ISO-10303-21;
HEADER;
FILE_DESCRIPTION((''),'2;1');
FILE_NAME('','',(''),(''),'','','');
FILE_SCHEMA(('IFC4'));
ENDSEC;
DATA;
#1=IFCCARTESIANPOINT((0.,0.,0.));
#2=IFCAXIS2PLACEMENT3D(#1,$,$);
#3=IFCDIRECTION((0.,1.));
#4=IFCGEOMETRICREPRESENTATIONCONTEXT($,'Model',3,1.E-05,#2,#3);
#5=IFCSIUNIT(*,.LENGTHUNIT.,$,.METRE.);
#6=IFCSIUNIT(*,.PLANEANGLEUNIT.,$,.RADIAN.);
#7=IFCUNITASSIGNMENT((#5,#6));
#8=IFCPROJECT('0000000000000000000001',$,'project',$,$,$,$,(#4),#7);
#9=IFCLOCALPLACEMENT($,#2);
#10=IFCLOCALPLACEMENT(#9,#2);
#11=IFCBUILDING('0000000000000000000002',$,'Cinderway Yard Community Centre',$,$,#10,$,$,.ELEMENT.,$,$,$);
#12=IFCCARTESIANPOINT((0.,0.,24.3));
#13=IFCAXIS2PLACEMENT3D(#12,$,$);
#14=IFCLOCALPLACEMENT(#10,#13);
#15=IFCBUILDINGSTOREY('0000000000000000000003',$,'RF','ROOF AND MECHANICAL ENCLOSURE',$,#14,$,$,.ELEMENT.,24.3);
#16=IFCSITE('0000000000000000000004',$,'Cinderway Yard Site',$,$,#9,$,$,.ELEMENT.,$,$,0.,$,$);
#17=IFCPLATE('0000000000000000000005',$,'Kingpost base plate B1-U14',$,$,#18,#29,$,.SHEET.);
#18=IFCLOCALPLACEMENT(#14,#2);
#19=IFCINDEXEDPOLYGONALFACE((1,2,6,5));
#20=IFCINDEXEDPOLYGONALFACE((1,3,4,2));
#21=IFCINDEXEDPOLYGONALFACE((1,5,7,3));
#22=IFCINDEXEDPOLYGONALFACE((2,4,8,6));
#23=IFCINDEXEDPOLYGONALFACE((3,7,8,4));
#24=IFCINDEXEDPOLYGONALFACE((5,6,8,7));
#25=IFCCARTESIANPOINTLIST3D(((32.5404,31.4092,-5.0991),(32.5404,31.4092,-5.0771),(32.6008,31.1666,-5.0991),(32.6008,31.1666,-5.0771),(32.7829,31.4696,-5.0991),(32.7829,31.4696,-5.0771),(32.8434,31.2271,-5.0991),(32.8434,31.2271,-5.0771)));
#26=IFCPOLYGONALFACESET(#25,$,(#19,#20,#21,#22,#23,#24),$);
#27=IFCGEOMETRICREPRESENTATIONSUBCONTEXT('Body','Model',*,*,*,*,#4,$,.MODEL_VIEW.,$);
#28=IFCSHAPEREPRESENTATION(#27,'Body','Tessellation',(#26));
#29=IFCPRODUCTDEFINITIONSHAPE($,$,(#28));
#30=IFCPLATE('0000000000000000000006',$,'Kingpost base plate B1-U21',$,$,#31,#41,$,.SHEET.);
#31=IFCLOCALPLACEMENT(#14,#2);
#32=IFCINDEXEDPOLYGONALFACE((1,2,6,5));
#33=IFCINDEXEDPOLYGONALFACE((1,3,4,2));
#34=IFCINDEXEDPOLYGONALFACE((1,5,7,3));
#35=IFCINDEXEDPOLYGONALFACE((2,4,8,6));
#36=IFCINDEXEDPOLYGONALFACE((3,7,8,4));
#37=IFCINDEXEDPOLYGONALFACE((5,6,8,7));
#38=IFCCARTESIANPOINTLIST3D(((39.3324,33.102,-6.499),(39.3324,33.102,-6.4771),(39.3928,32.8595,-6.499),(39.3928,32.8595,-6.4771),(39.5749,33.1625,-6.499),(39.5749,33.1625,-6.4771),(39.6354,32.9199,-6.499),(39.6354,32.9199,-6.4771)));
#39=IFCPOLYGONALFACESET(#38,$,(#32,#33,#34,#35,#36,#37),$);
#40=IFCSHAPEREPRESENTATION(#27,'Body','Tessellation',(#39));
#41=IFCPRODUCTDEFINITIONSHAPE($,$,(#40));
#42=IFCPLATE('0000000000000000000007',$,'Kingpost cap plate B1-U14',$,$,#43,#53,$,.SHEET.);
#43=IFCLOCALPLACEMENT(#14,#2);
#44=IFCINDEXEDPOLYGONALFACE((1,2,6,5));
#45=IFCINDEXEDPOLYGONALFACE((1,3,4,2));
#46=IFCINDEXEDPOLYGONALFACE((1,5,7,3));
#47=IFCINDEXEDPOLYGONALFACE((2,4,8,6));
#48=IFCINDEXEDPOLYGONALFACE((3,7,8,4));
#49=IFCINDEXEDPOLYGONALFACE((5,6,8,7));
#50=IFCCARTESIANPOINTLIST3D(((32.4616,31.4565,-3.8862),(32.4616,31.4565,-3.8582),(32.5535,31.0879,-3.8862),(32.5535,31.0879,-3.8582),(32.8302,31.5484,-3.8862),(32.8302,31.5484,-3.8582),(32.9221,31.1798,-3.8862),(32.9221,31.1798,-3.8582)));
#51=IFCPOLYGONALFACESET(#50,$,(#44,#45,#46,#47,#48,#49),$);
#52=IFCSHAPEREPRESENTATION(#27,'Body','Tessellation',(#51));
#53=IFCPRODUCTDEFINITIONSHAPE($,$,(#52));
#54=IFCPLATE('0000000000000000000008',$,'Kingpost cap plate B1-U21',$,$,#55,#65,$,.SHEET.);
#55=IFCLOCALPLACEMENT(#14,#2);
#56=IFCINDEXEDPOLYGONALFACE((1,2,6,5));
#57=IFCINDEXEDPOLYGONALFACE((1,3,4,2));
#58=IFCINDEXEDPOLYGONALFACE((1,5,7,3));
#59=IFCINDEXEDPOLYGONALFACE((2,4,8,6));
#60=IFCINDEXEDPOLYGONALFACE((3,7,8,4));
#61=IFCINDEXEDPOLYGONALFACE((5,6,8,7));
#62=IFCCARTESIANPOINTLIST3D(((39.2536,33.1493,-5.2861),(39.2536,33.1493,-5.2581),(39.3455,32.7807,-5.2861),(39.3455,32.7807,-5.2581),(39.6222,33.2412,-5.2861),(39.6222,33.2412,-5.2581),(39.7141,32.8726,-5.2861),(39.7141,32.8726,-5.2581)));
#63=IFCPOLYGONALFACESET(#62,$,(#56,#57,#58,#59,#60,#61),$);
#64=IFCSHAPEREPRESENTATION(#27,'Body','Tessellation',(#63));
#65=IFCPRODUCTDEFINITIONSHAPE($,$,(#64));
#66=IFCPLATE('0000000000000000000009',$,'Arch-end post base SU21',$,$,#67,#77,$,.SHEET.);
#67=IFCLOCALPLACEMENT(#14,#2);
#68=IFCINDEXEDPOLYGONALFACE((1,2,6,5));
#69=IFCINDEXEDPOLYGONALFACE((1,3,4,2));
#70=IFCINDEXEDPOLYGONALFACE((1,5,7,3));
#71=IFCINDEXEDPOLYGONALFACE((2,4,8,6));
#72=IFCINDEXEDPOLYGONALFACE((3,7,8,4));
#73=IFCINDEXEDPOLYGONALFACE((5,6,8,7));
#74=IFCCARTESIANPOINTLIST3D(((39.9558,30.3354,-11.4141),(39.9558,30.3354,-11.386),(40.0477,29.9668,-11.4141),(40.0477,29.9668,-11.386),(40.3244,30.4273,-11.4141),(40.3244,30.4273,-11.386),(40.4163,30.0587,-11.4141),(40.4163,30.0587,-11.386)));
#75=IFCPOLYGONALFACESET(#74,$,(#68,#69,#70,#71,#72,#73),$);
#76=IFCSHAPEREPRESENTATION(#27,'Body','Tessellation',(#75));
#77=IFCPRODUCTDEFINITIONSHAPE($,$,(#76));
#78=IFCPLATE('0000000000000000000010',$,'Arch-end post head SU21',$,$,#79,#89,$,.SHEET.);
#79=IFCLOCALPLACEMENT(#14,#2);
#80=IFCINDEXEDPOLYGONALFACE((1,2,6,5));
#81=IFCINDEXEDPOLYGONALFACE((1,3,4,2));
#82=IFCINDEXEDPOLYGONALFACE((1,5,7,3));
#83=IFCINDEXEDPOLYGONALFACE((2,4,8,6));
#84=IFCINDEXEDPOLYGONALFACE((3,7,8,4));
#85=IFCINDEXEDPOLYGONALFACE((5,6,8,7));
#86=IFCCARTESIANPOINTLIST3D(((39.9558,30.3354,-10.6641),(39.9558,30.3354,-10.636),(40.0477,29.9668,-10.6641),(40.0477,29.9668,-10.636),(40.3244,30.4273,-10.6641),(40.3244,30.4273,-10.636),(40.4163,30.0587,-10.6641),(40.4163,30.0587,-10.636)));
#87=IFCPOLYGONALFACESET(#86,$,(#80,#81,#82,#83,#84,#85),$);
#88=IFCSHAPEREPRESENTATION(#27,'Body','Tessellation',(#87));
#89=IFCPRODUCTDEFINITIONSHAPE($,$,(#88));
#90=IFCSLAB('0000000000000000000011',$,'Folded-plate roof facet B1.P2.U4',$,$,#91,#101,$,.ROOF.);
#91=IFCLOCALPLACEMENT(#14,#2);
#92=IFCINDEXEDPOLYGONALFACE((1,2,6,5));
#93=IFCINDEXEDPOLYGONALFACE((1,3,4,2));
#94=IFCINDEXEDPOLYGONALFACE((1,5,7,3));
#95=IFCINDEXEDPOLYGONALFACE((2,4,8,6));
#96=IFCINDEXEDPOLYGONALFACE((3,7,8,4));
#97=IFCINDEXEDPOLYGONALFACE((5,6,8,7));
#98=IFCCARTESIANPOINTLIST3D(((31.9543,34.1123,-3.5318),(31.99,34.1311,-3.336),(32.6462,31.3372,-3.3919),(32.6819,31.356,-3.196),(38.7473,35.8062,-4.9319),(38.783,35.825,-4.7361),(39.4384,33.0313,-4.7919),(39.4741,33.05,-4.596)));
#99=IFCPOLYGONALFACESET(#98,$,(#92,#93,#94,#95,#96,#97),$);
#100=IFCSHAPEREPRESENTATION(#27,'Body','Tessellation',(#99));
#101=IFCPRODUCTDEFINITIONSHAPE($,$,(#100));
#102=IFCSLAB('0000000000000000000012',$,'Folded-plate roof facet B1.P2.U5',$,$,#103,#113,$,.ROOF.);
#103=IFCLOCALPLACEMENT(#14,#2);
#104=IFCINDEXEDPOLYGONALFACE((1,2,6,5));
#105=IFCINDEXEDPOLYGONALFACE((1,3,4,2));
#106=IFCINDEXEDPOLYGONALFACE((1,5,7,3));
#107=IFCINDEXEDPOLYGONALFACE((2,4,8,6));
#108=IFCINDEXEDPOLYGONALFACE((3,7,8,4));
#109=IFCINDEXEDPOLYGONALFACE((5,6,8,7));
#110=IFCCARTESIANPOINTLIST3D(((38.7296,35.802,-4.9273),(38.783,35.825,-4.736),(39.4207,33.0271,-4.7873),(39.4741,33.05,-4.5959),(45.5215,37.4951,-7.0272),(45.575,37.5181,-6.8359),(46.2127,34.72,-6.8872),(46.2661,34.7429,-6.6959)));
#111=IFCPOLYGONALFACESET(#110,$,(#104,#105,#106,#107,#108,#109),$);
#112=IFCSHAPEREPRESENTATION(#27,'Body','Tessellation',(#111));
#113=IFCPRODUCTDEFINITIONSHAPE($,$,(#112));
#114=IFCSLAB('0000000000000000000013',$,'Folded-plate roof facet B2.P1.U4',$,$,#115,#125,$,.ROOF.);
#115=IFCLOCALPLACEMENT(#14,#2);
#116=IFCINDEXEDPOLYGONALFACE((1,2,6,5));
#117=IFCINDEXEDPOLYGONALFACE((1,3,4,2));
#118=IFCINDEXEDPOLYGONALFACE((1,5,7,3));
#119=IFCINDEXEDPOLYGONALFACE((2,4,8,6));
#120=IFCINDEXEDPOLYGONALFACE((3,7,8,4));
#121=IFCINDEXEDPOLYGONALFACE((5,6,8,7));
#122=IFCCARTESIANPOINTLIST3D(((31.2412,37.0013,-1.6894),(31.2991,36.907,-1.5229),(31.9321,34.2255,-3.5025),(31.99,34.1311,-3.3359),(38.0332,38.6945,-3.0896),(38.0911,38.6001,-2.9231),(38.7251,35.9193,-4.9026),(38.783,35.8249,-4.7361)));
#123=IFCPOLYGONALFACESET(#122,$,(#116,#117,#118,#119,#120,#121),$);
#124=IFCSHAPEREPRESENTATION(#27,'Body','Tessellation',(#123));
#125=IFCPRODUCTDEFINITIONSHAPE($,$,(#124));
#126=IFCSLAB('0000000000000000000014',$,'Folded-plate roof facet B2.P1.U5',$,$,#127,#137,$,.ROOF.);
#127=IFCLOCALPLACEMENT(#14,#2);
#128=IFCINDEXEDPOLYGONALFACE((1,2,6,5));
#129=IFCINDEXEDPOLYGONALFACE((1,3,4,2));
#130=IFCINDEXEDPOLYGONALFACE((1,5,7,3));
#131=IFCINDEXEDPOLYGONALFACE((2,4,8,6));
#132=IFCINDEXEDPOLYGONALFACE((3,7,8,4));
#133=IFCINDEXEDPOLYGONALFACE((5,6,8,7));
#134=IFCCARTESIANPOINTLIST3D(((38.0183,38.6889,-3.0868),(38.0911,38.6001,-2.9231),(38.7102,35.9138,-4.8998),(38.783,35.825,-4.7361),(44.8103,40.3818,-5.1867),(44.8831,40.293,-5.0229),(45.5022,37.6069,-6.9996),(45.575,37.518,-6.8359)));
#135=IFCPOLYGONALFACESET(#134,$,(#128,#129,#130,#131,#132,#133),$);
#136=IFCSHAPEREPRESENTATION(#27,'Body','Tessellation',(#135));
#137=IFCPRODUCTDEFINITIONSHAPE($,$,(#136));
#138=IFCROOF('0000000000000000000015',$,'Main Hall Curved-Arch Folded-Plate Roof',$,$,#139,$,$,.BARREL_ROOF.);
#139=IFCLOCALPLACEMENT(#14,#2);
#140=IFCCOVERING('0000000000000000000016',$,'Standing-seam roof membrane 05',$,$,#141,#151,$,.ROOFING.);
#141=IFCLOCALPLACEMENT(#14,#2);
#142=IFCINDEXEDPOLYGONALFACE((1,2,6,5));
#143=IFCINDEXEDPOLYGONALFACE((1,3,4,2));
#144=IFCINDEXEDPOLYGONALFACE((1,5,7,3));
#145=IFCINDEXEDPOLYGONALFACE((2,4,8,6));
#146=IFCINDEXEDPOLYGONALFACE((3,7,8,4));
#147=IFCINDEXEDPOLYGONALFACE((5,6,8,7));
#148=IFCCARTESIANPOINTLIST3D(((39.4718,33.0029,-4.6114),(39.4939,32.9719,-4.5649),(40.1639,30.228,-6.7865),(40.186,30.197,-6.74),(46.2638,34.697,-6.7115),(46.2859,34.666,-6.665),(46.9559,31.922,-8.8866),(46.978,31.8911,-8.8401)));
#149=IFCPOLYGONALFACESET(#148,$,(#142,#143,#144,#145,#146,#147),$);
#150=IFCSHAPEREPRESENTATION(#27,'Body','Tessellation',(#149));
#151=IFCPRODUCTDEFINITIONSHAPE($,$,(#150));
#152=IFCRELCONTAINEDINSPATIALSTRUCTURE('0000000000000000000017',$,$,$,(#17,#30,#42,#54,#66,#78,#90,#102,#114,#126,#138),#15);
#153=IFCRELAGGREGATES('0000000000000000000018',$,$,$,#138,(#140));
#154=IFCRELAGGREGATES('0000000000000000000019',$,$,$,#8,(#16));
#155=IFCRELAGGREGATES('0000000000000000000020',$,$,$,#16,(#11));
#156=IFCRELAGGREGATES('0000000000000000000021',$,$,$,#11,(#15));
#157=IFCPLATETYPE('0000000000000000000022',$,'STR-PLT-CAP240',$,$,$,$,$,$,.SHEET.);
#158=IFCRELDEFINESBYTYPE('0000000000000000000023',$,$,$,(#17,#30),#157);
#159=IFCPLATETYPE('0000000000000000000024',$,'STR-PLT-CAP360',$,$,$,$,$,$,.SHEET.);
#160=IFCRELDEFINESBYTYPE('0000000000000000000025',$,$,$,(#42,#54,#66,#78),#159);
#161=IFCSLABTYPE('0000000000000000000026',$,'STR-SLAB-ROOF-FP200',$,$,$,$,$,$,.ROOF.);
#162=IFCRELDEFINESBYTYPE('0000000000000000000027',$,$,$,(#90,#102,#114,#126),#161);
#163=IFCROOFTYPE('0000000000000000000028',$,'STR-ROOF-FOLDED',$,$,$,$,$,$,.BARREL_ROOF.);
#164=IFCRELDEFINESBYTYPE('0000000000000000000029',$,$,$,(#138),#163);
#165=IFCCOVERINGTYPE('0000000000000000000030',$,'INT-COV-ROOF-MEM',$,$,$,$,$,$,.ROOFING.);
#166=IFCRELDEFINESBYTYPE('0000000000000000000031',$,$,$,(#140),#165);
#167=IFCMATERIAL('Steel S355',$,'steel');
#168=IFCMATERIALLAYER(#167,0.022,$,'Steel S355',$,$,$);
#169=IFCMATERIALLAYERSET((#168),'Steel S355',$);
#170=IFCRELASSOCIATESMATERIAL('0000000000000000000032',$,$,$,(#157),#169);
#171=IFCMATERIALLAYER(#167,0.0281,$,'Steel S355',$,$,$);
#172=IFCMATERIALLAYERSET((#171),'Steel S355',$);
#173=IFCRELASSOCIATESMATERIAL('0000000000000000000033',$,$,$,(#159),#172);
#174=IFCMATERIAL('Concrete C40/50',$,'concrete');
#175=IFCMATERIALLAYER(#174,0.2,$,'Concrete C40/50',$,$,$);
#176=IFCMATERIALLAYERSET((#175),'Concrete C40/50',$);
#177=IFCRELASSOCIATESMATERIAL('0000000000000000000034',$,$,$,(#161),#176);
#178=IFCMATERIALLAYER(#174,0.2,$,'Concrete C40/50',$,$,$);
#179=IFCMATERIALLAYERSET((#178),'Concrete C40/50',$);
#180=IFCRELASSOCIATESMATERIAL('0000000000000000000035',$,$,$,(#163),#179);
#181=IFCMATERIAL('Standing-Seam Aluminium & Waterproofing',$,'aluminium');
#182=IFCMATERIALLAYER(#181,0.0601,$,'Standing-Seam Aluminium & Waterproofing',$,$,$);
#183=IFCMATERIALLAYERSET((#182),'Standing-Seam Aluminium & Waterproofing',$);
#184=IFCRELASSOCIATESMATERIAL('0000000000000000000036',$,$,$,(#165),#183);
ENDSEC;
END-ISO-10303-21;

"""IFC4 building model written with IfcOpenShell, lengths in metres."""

from ifc_helpers import new_model, si_unit, direction, frame, origin, origin_2d, place, context, subcontext, project, spatial, polyline, rectangle, outline, extrude, material, layer, layer_set, type_object, element, aggregate, save


model = new_model("IFC4")

# Units and contexts
model_context = context("Model", 3, precision=1e-05, world=origin(), true_north=direction((0.0, 1.0)))
body_context = subcontext(model_context, "Body", "Model", "MODEL_VIEW")
ifc_project = project(units=[si_unit("LENGTHUNIT", "METRE"), si_unit("PLANEANGLEUNIT", "RADIAN")], contexts=[model_context])

# Site, building, storey
site_placement = place(None, origin())
site = spatial("IfcSite", under=ifc_project, at=site_placement, Name="Cinderway Yard Site", CompositionType="ELEMENT", RefElevation=0.0)
building_placement = place(site_placement, origin())
building = spatial("IfcBuilding", under=site, at=building_placement, Name="Cinderway Yard Community Centre", CompositionType="ELEMENT")
storey_placement = place(building_placement, frame((0.0, 0.0, 24.3)))
storey = spatial("IfcBuildingStorey", under=building, at=storey_placement, Name="RF", Description="ROOF AND MECHANICAL ENCLOSURE", CompositionType="ELEMENT", Elevation=24.3)

# Shared definitions
ifc_material_1 = material(Name="Concrete C40/50", Category="concrete")
ifc_material_2 = material(Name="Steel S355", Category="steel")

# Plates
ifc_layer_1 = layer(ifc_material_2, 0.022, Name="Steel S355")
ifc_layer_set_1 = layer_set([ifc_layer_1], Name="Steel S355")
plate_type_1 = type_object("IfcPlateType", Name="STR-PLT-CAP240", PredefinedType="SHEET", material=ifc_layer_set_1)
for number, where, z_axis, x_axis, name in (
    (1, (32.6919, 31.3181, -5.0991), (0.0, 0.0, 1.0), (0.970296, 0.241922, 0.0), "Kingpost base plate B1-U14"),
    (2, (39.4839, 33.011, -6.499), (0.0, 0.0, 1.0), (0.970296, 0.241922, 0.0), "Kingpost base plate B1-U21"),
):
    element("IfcPlate", number, at=place(storey_placement, frame(where, z_axis=z_axis, x_axis=x_axis)), inside=storey, type_object=plate_type_1, Name=name, PredefinedType="SHEET", context=body_context, shape_type="SweptSolid", body=[
        extrude(rectangle(XDim=0.25, YDim=0.25, at=origin_2d()), origin(), (0.0, 0.0, 1.0), 0.022),
    ])
ifc_layer_2 = layer(ifc_material_2, 0.0281, Name="Steel S355")
ifc_layer_set_2 = layer_set([ifc_layer_2], Name="Steel S355")
plate_type_2 = type_object("IfcPlateType", Name="STR-PLT-CAP360", PredefinedType="SHEET", material=ifc_layer_set_2)
for number, where, z_axis, x_axis, name in (
    (3, (32.6919, 31.3181, -3.8862), (0.0, 0.0, 1.0), (0.970296, 0.241922, 0.0), "Kingpost cap plate B1-U14"),
    (4, (39.4839, 33.011, -5.2861), (0.0, 0.0, 1.0), (0.970296, 0.241922, 0.0), "Kingpost cap plate B1-U21"),
    (5, (40.186, 30.197, -11.4141), (0.0, 0.0, 1.0), (0.970296, 0.241922, 0.0), "Arch-end post base SU21"),
    (6, (40.186, 30.197, -10.6641), (0.0, 0.0, 1.0), (0.970296, 0.241922, 0.0), "Arch-end post head SU21"),
):
    element("IfcPlate", number, at=place(storey_placement, frame(where, z_axis=z_axis, x_axis=x_axis)), inside=storey, type_object=plate_type_2, Name=name, PredefinedType="SHEET", context=body_context, shape_type="SweptSolid", body=[
        extrude(rectangle(XDim=0.3799, YDim=0.3799, at=origin_2d()), origin(), (0.0, 0.0, 1.0), 0.0281),
    ])

# Slabs
ifc_layer_3 = layer(ifc_material_1, 0.2, Name="Concrete C40/50")
ifc_layer_set_3 = layer_set([ifc_layer_3], Name="Concrete C40/50")
slab_type = type_object("IfcSlabType", Name="STR-SLAB-ROOF-FP200", PredefinedType="ROOF", material=ifc_layer_set_3)
slab_1_placement = place(storey_placement, frame((32.6819, 31.356, -3.196), z_axis=(0.178461, 0.093891, 0.979457), x_axis=(0.951436, 0.237303, -0.196103)))
element("IfcSlab", 7, at=slab_1_placement, inside=storey, type_object=slab_type, Name="Folded-plate roof facet B1.P2.U4", PredefinedType="ROOF", context=body_context, shape_type="SweptSolid", body=[
    extrude(outline(polyline([(0.0, 0.0), (7.1389, 0.0), (7.1673, 2.863), (0.0277, 2.8634), (0.0, 0.0)])), origin(), (0.0, 0.0, -1.0), 0.2),
])
slab_2_placement = place(storey_placement, frame((39.4741, 33.05, -4.5959), z_axis=(0.267198, 0.114824, 0.956776), x_axis=(0.929392, 0.231647, -0.287351)))
element("IfcSlab", 8, at=slab_2_placement, inside=storey, type_object=slab_type, Name="Folded-plate roof facet B1.P2.U5", PredefinedType="ROOF", context=body_context, shape_type="SweptSolid", body=[
    extrude(outline(polyline([(0.0, 0.0), (7.308, 0.0), (7.3487, 2.8631), (0.0407, 2.8628), (0.0, 0.0)])), origin(), (0.0, 0.0, -1.0), 0.2),
])
slab_3_placement = place(storey_placement, frame((31.99, 34.1311, -3.3359), z_axis=(0.289328, -0.471925, 0.832812), x_axis=(0.95145, 0.237245, -0.196106)))
element("IfcSlab", 9, at=slab_3_placement, inside=storey, type_object=slab_type, Name="Folded-plate roof facet B2.P1.U4", PredefinedType="ROOF", context=body_context, shape_type="SweptSolid", body=[
    extrude(outline(polyline([(0.0, 0.0), (7.1396, 0.0), (6.7842, 3.3676), (-0.3543, 3.3681), (0.0, 0.0)])), origin(), (0.0, 0.0, -1.0), 0.2),
])
slab_4_placement = place(storey_placement, frame((38.783, 35.825, -4.7361), z_axis=(0.363842, -0.444181, 0.818732), x_axis=(0.929391, 0.231676, -0.287329)))
element("IfcSlab", 10, at=slab_4_placement, inside=storey, type_object=slab_type, Name="Folded-plate roof facet B2.P1.U5", PredefinedType="ROOF", context=body_context, shape_type="SweptSolid", body=[
    extrude(outline(polyline([(0.0, 0.0), (7.308, 0.0), (6.7869, 3.3458), (-0.521, 3.346), (0.0, 0.0)])), origin(), (0.0, 0.0, -1.0), 0.2),
])

# Roof, covering
ifc_layer_4 = layer(ifc_material_1, 0.2, Name="Concrete C40/50")
ifc_layer_set_4 = layer_set([ifc_layer_4], Name="Concrete C40/50")
roof_type = type_object("IfcRoofType", Name="STR-ROOF-FOLDED", PredefinedType="BARREL_ROOF", material=ifc_layer_set_4)
roof_placement = place(storey_placement, origin())
roof = element("IfcRoof", 11, at=roof_placement, inside=storey, type_object=roof_type, Name="Main Hall Curved-Arch Folded-Plate Roof", PredefinedType="BARREL_ROOF")
ifc_material_3 = material(Name="Standing-Seam Aluminium & Waterproofing", Category="aluminium")
ifc_layer_5 = layer(ifc_material_3, 0.0601, Name="Standing-Seam Aluminium & Waterproofing")
ifc_layer_set_5 = layer_set([ifc_layer_5], Name="Standing-Seam Aluminium & Waterproofing")
covering_type = type_object("IfcCoveringType", Name="INT-COV-ROOF-MEM", PredefinedType="ROOFING", material=ifc_layer_set_5)
covering_placement = place(storey_placement, frame((40.186, 30.197, -6.74), z_axis=(0.367856, -0.515081, 0.774192), x_axis=(0.929351, 0.231803, -0.287357)))
covering = element("IfcCovering", 12, at=covering_placement, type_object=covering_type, Name="Standing-seam roof membrane 05", PredefinedType="ROOFING", context=body_context, shape_type="SweptSolid", body=[
    extrude(outline(polyline([(0.0, 0.0), (7.3083, 0.0), (6.6833, 3.5383), (-0.625, 3.5383), (0.0, 0.0)])), origin(), (0.0, 0.0, -1.0), 0.0601),
])
aggregate(roof, [covering])

save(model, "model.ifc")
